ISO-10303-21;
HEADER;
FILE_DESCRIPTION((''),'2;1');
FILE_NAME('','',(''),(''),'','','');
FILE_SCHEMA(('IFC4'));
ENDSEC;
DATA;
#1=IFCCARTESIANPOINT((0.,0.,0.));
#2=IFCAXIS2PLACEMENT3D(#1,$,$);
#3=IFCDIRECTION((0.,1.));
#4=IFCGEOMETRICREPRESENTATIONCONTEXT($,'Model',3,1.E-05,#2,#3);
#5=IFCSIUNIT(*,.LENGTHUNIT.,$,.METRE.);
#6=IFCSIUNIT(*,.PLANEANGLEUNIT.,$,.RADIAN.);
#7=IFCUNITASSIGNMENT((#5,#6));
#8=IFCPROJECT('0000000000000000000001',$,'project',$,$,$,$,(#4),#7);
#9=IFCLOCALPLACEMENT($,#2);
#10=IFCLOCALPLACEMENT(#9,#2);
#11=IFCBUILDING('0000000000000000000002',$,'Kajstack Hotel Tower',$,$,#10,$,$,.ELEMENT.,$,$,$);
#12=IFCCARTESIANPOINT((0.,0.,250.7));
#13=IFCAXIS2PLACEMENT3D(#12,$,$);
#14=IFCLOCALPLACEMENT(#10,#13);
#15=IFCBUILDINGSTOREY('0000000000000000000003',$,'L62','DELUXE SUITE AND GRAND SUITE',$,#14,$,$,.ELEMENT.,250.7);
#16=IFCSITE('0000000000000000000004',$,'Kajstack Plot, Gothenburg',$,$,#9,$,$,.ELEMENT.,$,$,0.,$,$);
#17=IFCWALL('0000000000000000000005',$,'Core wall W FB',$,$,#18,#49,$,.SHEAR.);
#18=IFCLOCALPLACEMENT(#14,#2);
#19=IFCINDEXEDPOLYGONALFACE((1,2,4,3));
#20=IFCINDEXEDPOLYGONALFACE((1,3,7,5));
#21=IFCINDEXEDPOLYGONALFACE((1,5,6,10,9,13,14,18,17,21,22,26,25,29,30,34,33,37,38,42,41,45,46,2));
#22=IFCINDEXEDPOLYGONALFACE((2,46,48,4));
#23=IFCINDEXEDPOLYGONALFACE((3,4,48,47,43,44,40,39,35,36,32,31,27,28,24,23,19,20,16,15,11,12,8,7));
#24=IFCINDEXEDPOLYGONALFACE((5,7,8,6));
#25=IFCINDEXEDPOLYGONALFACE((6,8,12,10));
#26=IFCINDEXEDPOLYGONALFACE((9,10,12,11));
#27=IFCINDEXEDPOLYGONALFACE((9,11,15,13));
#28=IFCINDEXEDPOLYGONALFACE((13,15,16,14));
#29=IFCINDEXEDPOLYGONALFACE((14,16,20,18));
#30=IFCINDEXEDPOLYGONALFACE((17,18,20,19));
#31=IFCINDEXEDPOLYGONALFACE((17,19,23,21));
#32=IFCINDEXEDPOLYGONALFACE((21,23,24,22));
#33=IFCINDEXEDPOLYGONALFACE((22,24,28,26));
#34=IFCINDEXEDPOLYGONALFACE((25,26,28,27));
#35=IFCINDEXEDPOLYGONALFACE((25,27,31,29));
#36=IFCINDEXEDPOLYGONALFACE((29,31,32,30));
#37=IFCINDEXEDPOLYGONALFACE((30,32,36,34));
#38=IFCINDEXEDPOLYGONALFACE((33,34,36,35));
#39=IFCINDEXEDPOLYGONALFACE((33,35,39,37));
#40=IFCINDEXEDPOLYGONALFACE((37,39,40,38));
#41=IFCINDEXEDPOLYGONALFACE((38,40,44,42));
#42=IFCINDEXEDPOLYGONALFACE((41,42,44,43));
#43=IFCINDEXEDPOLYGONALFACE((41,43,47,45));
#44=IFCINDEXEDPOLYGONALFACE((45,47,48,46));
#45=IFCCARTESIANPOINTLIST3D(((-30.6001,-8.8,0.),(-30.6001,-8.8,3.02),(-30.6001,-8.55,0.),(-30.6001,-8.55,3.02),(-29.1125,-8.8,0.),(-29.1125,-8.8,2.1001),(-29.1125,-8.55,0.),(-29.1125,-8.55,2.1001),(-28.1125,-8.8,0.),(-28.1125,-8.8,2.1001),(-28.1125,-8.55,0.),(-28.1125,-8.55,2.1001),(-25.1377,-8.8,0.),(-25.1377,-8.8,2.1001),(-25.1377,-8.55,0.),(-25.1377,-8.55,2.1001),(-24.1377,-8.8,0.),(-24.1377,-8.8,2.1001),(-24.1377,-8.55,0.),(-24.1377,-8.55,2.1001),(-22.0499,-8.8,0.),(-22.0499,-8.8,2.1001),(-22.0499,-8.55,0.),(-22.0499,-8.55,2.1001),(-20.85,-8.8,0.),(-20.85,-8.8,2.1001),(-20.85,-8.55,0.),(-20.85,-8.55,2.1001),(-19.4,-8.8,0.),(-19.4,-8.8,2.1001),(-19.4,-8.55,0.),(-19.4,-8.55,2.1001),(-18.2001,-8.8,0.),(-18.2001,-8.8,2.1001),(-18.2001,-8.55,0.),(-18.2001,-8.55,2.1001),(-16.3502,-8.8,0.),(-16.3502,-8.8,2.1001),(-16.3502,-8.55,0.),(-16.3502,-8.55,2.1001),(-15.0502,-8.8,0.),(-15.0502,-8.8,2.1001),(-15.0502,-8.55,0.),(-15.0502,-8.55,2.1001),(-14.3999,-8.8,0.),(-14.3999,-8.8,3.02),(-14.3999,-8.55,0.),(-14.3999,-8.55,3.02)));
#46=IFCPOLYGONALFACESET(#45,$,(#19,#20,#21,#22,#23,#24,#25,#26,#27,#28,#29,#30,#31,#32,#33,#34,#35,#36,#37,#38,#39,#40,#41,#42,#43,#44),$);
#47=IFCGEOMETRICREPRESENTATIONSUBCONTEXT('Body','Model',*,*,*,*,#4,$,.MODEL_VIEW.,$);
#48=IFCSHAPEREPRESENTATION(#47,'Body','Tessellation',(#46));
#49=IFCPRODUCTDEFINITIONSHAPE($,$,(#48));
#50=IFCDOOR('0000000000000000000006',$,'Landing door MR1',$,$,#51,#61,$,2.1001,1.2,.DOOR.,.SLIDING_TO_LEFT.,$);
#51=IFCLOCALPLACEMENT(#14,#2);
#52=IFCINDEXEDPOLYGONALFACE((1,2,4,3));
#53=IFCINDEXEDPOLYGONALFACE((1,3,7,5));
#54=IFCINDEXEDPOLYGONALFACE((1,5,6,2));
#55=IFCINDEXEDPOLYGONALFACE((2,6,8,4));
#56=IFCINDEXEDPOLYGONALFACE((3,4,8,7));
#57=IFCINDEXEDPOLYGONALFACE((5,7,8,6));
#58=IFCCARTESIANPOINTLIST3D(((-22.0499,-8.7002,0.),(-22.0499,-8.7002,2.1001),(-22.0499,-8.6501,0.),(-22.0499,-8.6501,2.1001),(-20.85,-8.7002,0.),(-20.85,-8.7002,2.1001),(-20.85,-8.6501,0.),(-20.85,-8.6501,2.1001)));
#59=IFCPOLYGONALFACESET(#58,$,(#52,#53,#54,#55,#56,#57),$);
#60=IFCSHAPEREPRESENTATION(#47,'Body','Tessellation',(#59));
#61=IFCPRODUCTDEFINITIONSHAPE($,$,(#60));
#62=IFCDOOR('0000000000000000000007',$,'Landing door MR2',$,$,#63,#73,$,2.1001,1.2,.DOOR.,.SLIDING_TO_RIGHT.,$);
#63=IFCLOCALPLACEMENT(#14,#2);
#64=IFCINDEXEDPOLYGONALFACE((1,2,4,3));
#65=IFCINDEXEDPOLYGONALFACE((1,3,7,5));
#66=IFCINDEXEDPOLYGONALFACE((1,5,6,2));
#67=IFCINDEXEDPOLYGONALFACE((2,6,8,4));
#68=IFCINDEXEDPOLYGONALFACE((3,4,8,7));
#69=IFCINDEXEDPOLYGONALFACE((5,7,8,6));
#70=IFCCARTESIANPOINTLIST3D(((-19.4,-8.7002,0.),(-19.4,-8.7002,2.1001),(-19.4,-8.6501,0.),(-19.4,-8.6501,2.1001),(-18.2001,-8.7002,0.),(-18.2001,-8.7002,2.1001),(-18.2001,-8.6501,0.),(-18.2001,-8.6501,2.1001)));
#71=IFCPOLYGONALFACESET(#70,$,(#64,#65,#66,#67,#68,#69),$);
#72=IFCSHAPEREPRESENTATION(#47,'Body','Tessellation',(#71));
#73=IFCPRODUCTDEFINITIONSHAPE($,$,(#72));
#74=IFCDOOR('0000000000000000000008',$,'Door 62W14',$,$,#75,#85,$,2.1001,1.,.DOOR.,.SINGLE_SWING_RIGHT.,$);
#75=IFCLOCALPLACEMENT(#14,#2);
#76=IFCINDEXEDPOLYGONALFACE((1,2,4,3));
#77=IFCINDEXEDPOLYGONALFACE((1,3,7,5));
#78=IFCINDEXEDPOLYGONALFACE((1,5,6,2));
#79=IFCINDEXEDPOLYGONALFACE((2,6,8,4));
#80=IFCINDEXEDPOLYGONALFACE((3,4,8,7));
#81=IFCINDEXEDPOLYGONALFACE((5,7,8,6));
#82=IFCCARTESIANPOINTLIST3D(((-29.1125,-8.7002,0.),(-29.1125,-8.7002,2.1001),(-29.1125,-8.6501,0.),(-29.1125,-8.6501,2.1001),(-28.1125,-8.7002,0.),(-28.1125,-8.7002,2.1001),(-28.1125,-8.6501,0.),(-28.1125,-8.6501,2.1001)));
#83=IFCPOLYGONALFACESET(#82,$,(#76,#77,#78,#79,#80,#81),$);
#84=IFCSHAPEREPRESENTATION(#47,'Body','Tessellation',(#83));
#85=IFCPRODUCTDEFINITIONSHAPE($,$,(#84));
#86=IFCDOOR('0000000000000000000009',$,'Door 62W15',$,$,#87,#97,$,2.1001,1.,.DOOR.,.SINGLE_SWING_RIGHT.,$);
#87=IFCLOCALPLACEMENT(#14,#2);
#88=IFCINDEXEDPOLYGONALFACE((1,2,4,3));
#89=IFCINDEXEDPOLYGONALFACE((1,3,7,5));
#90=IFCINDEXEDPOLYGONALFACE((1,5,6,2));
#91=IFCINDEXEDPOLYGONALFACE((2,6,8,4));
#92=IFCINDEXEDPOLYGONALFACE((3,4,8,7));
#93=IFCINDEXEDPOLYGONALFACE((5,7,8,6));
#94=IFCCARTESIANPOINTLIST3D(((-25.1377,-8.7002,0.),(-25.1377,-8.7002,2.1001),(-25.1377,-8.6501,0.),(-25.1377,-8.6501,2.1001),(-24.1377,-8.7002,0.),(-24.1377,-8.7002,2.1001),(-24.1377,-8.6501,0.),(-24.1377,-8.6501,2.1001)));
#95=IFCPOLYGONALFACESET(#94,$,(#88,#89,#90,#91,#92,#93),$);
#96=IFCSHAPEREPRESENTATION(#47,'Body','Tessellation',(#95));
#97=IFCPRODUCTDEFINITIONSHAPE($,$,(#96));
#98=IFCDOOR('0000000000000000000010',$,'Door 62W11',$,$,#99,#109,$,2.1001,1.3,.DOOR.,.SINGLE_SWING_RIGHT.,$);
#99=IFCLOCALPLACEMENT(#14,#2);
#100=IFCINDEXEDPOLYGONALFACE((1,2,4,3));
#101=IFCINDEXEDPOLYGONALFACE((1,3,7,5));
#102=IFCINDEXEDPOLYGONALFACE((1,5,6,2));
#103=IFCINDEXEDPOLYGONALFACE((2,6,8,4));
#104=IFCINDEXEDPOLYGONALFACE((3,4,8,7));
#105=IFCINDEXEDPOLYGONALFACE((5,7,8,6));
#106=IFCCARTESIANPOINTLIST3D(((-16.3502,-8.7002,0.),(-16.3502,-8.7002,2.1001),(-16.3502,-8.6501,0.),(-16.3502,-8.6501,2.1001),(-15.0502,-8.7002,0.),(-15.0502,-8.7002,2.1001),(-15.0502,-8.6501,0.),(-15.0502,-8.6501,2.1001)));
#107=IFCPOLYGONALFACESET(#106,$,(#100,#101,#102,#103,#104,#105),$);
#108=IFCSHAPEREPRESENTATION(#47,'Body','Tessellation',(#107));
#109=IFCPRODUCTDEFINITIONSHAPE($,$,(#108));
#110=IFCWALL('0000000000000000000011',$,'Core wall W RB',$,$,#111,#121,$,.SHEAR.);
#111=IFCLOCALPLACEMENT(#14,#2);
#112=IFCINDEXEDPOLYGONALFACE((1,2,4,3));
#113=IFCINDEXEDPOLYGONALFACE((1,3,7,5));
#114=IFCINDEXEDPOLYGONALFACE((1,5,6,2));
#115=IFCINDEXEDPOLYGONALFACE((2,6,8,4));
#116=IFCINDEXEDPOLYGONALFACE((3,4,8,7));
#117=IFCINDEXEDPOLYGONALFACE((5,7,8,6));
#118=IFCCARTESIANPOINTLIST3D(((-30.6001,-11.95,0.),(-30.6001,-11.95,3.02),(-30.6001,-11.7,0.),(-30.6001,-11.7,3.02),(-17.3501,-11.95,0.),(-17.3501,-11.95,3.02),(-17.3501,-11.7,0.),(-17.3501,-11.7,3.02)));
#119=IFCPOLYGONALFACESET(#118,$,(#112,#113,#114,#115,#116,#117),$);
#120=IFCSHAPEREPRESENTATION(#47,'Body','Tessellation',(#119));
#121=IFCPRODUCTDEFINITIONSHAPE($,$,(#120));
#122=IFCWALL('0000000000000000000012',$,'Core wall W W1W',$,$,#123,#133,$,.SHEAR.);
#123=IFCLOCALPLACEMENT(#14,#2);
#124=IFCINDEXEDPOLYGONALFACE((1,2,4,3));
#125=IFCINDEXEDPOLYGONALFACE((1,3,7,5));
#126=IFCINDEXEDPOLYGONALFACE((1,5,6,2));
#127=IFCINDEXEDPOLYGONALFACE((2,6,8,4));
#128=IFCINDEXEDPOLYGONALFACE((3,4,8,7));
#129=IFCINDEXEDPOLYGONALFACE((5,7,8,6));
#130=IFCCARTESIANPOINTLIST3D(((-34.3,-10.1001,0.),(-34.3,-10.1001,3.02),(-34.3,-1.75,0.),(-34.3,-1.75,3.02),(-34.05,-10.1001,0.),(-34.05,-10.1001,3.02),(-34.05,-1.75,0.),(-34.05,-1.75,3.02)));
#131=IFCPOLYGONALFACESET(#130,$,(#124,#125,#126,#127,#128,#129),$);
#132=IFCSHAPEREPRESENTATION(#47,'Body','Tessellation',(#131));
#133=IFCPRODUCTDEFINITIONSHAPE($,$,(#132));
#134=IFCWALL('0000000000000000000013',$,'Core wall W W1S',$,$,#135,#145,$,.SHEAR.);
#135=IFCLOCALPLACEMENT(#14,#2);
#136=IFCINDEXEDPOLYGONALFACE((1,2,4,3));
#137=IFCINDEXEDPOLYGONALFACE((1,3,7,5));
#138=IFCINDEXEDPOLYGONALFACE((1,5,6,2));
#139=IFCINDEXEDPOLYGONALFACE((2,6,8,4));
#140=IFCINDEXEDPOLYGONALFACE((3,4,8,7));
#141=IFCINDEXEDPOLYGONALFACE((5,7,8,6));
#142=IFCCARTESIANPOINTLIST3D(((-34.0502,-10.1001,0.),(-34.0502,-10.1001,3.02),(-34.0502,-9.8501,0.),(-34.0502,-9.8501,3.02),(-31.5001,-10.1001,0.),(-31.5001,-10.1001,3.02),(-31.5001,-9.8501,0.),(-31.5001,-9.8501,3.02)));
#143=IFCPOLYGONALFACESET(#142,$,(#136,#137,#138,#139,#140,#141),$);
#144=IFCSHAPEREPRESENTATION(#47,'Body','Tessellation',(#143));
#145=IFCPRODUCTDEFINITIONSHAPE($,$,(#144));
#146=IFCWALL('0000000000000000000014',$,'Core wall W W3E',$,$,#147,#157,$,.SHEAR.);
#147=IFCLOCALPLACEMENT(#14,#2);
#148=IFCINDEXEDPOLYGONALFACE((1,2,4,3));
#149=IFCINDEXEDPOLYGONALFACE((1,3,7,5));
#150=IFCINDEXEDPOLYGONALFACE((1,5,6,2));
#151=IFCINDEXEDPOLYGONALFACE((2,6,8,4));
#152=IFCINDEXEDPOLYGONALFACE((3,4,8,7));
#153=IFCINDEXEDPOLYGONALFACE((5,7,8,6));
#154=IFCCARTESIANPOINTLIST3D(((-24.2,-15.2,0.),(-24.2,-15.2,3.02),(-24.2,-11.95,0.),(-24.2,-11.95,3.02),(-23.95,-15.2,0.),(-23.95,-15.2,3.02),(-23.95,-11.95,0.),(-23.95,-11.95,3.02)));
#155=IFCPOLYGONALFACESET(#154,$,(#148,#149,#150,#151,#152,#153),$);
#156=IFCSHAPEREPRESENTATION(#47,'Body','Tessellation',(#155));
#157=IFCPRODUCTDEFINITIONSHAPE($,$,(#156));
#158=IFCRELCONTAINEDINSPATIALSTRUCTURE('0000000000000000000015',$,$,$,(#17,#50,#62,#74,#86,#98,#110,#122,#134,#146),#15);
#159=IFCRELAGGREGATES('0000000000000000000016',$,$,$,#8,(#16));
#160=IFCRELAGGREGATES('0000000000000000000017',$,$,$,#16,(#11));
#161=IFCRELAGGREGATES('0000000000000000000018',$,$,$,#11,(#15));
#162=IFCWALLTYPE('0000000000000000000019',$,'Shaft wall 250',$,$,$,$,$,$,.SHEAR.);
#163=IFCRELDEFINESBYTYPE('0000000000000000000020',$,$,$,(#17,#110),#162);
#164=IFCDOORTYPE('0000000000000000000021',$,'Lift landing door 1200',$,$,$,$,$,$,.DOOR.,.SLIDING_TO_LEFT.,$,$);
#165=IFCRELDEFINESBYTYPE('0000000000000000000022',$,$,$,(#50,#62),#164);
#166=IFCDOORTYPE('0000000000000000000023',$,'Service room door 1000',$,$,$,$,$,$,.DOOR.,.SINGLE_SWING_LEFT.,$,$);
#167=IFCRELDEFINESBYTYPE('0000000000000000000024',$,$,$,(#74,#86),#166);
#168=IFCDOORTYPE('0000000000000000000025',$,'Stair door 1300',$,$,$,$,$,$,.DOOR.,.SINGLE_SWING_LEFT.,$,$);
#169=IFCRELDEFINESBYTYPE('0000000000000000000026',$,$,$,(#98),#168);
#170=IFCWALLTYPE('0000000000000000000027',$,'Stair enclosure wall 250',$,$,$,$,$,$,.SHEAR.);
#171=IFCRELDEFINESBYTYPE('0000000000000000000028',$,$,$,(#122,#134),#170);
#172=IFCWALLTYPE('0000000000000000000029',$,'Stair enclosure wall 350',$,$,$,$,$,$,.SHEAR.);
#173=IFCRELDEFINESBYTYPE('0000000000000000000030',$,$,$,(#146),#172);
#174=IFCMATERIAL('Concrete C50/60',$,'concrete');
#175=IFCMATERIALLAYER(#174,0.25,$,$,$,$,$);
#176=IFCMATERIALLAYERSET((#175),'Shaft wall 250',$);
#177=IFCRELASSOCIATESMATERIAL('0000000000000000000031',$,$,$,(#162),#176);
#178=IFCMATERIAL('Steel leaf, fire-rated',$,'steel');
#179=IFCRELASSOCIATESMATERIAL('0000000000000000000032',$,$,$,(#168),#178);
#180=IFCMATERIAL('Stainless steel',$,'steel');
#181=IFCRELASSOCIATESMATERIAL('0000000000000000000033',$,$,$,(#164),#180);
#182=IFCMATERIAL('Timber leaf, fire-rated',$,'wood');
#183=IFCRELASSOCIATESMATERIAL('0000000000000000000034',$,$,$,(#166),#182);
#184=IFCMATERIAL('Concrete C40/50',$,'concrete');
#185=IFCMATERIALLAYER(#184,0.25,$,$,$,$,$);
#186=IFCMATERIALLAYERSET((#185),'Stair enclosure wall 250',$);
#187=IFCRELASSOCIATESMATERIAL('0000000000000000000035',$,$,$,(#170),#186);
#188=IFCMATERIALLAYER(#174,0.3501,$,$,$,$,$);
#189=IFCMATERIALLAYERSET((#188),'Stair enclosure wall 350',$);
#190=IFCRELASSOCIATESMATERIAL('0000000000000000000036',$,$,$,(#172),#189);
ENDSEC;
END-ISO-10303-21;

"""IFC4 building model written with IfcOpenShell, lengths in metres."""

from ifc_helpers import new_model, si_unit, direction, frame, frame_2d, origin, place, context, subcontext, project, spatial, rectangle, extrude, material, layer, layer_set, type_object, element, fill, save


model = new_model("IFC4")

# Units and contexts
model_context = context("Model", 3, precision=1e-05, world=origin(), true_north=direction((0.0, 1.0)))
body_context = subcontext(model_context, "Body", "Model", "MODEL_VIEW")
ifc_project = project(units=[si_unit("LENGTHUNIT", "METRE"), si_unit("PLANEANGLEUNIT", "RADIAN")], contexts=[model_context])

# Site, building, storey
site_placement = place(None, origin())
site = spatial("IfcSite", under=ifc_project, at=site_placement, Name="Kajstack Plot, Gothenburg", CompositionType="ELEMENT", RefElevation=0.0)
building_placement = place(site_placement, origin())
building = spatial("IfcBuilding", under=site, at=building_placement, Name="Kajstack Hotel Tower", CompositionType="ELEMENT")
storey_placement = place(building_placement, frame((0.0, 0.0, 250.7)))
storey = spatial("IfcBuildingStorey", under=building, at=storey_placement, Name="L62", Description="DELUXE SUITE AND GRAND SUITE", CompositionType="ELEMENT", Elevation=250.7)

# Shared definitions
ifc_material_1 = material(Name="Stainless steel", Category="steel")

# Shared definitions
ifc_material_2 = material(Name="Concrete C40/50", Category="concrete")

# Shared definitions
ifc_material_3 = material(Name="Timber leaf, fire-rated", Category="wood")

# Wall, openings, doors
ifc_material_4 = material(Name="Concrete C50/60", Category="concrete")
ifc_layer_1 = layer(ifc_material_4, 0.25)
ifc_layer_set_1 = layer_set([ifc_layer_1], Name="Shaft wall 250")
wall_type_1 = type_object("IfcWallType", Name="Shaft wall 250", PredefinedType="SHEAR", material=ifc_layer_set_1)
ifc_material_5 = material(Name="Steel leaf, fire-rated", Category="steel")
door_type_1 = type_object("IfcDoorType", Name="Stair door 1300", OperationType="SINGLE_SWING_LEFT", PredefinedType="DOOR", material=ifc_material_5)
wall_1_placement = place(storey_placement, frame((-30.6001, -8.675, 0.0), z_axis=(0.0, 0.0, 1.0), x_axis=(1.0, 0.0, 0.0)))
wall_1 = element("IfcWall", 1, at=wall_1_placement, inside=storey, type_object=wall_type_1, Name="Core wall W FB", PredefinedType="SHEAR", context=body_context, shape_type="SweptSolid", body=[
    extrude(rectangle(XDim=16.2002, YDim=0.25, at=frame_2d((8.1001, 0.0))), origin(), (0.0, 0.0, 1.0), 3.02),
])
opening_1_placement = place(wall_1_placement, frame((8.55, 0.0, 0.0)))
opening_1 = element("IfcOpeningElement", 2, at=opening_1_placement, cuts=wall_1, PredefinedType="OPENING", context=body_context, shape_type="SweptSolid", body=[
    extrude(rectangle(XDim=1.2, YDim=2.1001, at=frame_2d((0.6001, 1.05))), frame((0.0, 0.135, 0.0), z_axis=(0.0, -1.0, 0.0), x_axis=(1.0, 0.0, 0.0)), (0.0, 0.0, 1.0), 0.27),
])
opening_2_placement = place(wall_1_placement, frame((11.2, 0.0, 0.0)))
opening_2 = element("IfcOpeningElement", 3, at=opening_2_placement, cuts=wall_1, PredefinedType="OPENING", context=body_context, shape_type="SweptSolid", body=[
    extrude(rectangle(XDim=1.2, YDim=2.1001, at=frame_2d((0.6001, 1.05))), frame((0.0, 0.135, 0.0), z_axis=(0.0, -1.0, 0.0), x_axis=(1.0, 0.0, 0.0)), (0.0, 0.0, 1.0), 0.27),
])
opening_3_placement = place(wall_1_placement, frame((14.25, 0.0, 0.0)))
opening_3 = element("IfcOpeningElement", 4, at=opening_3_placement, cuts=wall_1, PredefinedType="OPENING", context=body_context, shape_type="SweptSolid", body=[
    extrude(rectangle(XDim=1.3, YDim=2.1001, at=frame_2d((0.6499, 1.05))), frame((0.0, 0.135, 0.0), z_axis=(0.0, -1.0, 0.0), x_axis=(1.0, 0.0, 0.0)), (0.0, 0.0, 1.0), 0.27),
])
opening_4_placement = place(wall_1_placement, frame((1.4875, 0.0, 0.0)))
opening_4 = element("IfcOpeningElement", 5, at=opening_4_placement, cuts=wall_1, PredefinedType="OPENING", context=body_context, shape_type="SweptSolid", body=[
    extrude(rectangle(XDim=1.0, YDim=2.1001, at=frame_2d((0.5, 1.05))), frame((0.0, 0.135, 0.0), z_axis=(0.0, -1.0, 0.0), x_axis=(1.0, 0.0, 0.0)), (0.0, 0.0, 1.0), 0.27),
])
opening_5_placement = place(wall_1_placement, frame((5.4624, 0.0, 0.0)))
opening_5 = element("IfcOpeningElement", 6, at=opening_5_placement, cuts=wall_1, PredefinedType="OPENING", context=body_context, shape_type="SweptSolid", body=[
    extrude(rectangle(XDim=1.0, YDim=2.1001, at=frame_2d((0.5, 1.05))), frame((0.0, 0.135, 0.0), z_axis=(0.0, -1.0, 0.0), x_axis=(1.0, 0.0, 0.0)), (0.0, 0.0, 1.0), 0.27),
])
door_type_2 = type_object("IfcDoorType", Name="Lift landing door 1200", OperationType="SLIDING_TO_LEFT", PredefinedType="DOOR", material=ifc_material_1)
door_1_placement = place(opening_1_placement, origin())
door_1 = element("IfcDoor", 7, at=door_1_placement, inside=storey, type_object=door_type_2, Name="Landing door MR1", OperationType="SLIDING_TO_LEFT", OverallHeight=2.1001, OverallWidth=1.2, PredefinedType="DOOR", context=body_context, shape_type="SweptSolid", body=[
    extrude(rectangle(XDim=1.2, YDim=2.1001, at=frame_2d((0.6001, 1.05))), frame((0.0, 0.0249, 0.0), z_axis=(0.0, -1.0, 0.0), x_axis=(1.0, 0.0, 0.0)), (0.0, 0.0, 1.0), 0.05),
])
fill(opening_1, door_1)
door_2_placement = place(opening_2_placement, origin())
door_2 = element("IfcDoor", 8, at=door_2_placement, inside=storey, type_object=door_type_2, Name="Landing door MR2", OperationType="SLIDING_TO_RIGHT", OverallHeight=2.1001, OverallWidth=1.2, PredefinedType="DOOR", context=body_context, shape_type="SweptSolid", body=[
    extrude(rectangle(XDim=1.2, YDim=2.1001, at=frame_2d((0.6001, 1.05))), frame((0.0, 0.0249, 0.0), z_axis=(0.0, -1.0, 0.0), x_axis=(1.0, 0.0, 0.0)), (0.0, 0.0, 1.0), 0.05),
])
fill(opening_2, door_2)
door_type_3 = type_object("IfcDoorType", Name="Service room door 1000", OperationType="SINGLE_SWING_LEFT", PredefinedType="DOOR", material=ifc_material_3)
door_3_placement = place(opening_4_placement, origin())
door_3 = element("IfcDoor", 9, at=door_3_placement, inside=storey, type_object=door_type_3, Name="Door 62W14", OperationType="SINGLE_SWING_RIGHT", OverallHeight=2.1001, OverallWidth=1.0, PredefinedType="DOOR", context=body_context, shape_type="SweptSolid", body=[
    extrude(rectangle(XDim=1.0, YDim=2.1001, at=frame_2d((0.5, 1.05))), frame((0.0, 0.0249, 0.0), z_axis=(0.0, -1.0, 0.0), x_axis=(1.0, 0.0, 0.0)), (0.0, 0.0, 1.0), 0.05),
])
fill(opening_4, door_3)
door_4_placement = place(opening_5_placement, origin())
door_4 = element("IfcDoor", 10, at=door_4_placement, inside=storey, type_object=door_type_3, Name="Door 62W15", OperationType="SINGLE_SWING_RIGHT", OverallHeight=2.1001, OverallWidth=1.0, PredefinedType="DOOR", context=body_context, shape_type="SweptSolid", body=[
    extrude(rectangle(XDim=1.0, YDim=2.1001, at=frame_2d((0.5, 1.05))), frame((0.0, 0.0249, 0.0), z_axis=(0.0, -1.0, 0.0), x_axis=(1.0, 0.0, 0.0)), (0.0, 0.0, 1.0), 0.05),
])
fill(opening_5, door_4)
door_5_placement = place(opening_3_placement, origin())
door_5 = element("IfcDoor", 11, at=door_5_placement, inside=storey, type_object=door_type_1, Name="Door 62W11", OperationType="SINGLE_SWING_RIGHT", OverallHeight=2.1001, OverallWidth=1.3, PredefinedType="DOOR", context=body_context, shape_type="SweptSolid", body=[
    extrude(rectangle(XDim=1.3, YDim=2.1001, at=frame_2d((0.6499, 1.05))), frame((0.0, 0.0249, 0.0), z_axis=(0.0, -1.0, 0.0), x_axis=(1.0, 0.0, 0.0)), (0.0, 0.0, 1.0), 0.05),
])
fill(opening_3, door_5)

# Walls
wall_2_placement = place(storey_placement, frame((-30.6001, -11.825, 0.0), z_axis=(0.0, 0.0, 1.0), x_axis=(1.0, 0.0, 0.0)))
element("IfcWall", 12, at=wall_2_placement, inside=storey, type_object=wall_type_1, Name="Core wall W RB", PredefinedType="SHEAR", context=body_context, shape_type="SweptSolid", body=[
    extrude(rectangle(XDim=13.25, YDim=0.25, at=frame_2d((6.625, 0.0))), origin(), (0.0, 0.0, 1.0), 3.02),
])
ifc_layer_2 = layer(ifc_material_2, 0.25)
ifc_layer_set_2 = layer_set([ifc_layer_2], Name="Stair enclosure wall 250")
wall_type_2 = type_object("IfcWallType", Name="Stair enclosure wall 250", PredefinedType="SHEAR", material=ifc_layer_set_2)
wall_3_placement = place(storey_placement, frame((-34.175, -10.1001, 0.0), z_axis=(0.0, 0.0, 1.0), x_axis=(0.0, 1.0, 0.0)))
element("IfcWall", 13, at=wall_3_placement, inside=storey, type_object=wall_type_2, Name="Core wall W W1W", PredefinedType="SHEAR", context=body_context, shape_type="SweptSolid", body=[
    extrude(rectangle(XDim=8.3501, YDim=0.25, at=frame_2d((4.175, 0.0))), origin(), (0.0, 0.0, 1.0), 3.02),
])
wall_4_placement = place(storey_placement, frame((-34.05, -9.9751, 0.0), z_axis=(0.0, 0.0, 1.0), x_axis=(1.0, 0.0, 0.0)))
element("IfcWall", 14, at=wall_4_placement, inside=storey, type_object=wall_type_2, Name="Core wall W W1S", PredefinedType="SHEAR", context=body_context, shape_type="SweptSolid", body=[
    extrude(rectangle(XDim=2.55, YDim=0.25, at=frame_2d((1.2749, 0.0))), origin(), (0.0, 0.0, 1.0), 3.02),
])
ifc_layer_3 = layer(ifc_material_4, 0.3501)
ifc_layer_set_3 = layer_set([ifc_layer_3], Name="Stair enclosure wall 350")
wall_type_3 = type_object("IfcWallType", Name="Stair enclosure wall 350", PredefinedType="SHEAR", material=ifc_layer_set_3)
wall_5_placement = place(storey_placement, frame((-24.075, -15.2, 0.0), z_axis=(0.0, 0.0, 1.0), x_axis=(0.0, 1.0, 0.0)))
element("IfcWall", 15, at=wall_5_placement, inside=storey, type_object=wall_type_3, Name="Core wall W W3E", PredefinedType="SHEAR", context=body_context, shape_type="SweptSolid", body=[
    extrude(rectangle(XDim=3.25, YDim=0.25, at=frame_2d((1.625, 0.0))), origin(), (0.0, 0.0, 1.0), 3.02),
])

save(model, "model.ifc")
